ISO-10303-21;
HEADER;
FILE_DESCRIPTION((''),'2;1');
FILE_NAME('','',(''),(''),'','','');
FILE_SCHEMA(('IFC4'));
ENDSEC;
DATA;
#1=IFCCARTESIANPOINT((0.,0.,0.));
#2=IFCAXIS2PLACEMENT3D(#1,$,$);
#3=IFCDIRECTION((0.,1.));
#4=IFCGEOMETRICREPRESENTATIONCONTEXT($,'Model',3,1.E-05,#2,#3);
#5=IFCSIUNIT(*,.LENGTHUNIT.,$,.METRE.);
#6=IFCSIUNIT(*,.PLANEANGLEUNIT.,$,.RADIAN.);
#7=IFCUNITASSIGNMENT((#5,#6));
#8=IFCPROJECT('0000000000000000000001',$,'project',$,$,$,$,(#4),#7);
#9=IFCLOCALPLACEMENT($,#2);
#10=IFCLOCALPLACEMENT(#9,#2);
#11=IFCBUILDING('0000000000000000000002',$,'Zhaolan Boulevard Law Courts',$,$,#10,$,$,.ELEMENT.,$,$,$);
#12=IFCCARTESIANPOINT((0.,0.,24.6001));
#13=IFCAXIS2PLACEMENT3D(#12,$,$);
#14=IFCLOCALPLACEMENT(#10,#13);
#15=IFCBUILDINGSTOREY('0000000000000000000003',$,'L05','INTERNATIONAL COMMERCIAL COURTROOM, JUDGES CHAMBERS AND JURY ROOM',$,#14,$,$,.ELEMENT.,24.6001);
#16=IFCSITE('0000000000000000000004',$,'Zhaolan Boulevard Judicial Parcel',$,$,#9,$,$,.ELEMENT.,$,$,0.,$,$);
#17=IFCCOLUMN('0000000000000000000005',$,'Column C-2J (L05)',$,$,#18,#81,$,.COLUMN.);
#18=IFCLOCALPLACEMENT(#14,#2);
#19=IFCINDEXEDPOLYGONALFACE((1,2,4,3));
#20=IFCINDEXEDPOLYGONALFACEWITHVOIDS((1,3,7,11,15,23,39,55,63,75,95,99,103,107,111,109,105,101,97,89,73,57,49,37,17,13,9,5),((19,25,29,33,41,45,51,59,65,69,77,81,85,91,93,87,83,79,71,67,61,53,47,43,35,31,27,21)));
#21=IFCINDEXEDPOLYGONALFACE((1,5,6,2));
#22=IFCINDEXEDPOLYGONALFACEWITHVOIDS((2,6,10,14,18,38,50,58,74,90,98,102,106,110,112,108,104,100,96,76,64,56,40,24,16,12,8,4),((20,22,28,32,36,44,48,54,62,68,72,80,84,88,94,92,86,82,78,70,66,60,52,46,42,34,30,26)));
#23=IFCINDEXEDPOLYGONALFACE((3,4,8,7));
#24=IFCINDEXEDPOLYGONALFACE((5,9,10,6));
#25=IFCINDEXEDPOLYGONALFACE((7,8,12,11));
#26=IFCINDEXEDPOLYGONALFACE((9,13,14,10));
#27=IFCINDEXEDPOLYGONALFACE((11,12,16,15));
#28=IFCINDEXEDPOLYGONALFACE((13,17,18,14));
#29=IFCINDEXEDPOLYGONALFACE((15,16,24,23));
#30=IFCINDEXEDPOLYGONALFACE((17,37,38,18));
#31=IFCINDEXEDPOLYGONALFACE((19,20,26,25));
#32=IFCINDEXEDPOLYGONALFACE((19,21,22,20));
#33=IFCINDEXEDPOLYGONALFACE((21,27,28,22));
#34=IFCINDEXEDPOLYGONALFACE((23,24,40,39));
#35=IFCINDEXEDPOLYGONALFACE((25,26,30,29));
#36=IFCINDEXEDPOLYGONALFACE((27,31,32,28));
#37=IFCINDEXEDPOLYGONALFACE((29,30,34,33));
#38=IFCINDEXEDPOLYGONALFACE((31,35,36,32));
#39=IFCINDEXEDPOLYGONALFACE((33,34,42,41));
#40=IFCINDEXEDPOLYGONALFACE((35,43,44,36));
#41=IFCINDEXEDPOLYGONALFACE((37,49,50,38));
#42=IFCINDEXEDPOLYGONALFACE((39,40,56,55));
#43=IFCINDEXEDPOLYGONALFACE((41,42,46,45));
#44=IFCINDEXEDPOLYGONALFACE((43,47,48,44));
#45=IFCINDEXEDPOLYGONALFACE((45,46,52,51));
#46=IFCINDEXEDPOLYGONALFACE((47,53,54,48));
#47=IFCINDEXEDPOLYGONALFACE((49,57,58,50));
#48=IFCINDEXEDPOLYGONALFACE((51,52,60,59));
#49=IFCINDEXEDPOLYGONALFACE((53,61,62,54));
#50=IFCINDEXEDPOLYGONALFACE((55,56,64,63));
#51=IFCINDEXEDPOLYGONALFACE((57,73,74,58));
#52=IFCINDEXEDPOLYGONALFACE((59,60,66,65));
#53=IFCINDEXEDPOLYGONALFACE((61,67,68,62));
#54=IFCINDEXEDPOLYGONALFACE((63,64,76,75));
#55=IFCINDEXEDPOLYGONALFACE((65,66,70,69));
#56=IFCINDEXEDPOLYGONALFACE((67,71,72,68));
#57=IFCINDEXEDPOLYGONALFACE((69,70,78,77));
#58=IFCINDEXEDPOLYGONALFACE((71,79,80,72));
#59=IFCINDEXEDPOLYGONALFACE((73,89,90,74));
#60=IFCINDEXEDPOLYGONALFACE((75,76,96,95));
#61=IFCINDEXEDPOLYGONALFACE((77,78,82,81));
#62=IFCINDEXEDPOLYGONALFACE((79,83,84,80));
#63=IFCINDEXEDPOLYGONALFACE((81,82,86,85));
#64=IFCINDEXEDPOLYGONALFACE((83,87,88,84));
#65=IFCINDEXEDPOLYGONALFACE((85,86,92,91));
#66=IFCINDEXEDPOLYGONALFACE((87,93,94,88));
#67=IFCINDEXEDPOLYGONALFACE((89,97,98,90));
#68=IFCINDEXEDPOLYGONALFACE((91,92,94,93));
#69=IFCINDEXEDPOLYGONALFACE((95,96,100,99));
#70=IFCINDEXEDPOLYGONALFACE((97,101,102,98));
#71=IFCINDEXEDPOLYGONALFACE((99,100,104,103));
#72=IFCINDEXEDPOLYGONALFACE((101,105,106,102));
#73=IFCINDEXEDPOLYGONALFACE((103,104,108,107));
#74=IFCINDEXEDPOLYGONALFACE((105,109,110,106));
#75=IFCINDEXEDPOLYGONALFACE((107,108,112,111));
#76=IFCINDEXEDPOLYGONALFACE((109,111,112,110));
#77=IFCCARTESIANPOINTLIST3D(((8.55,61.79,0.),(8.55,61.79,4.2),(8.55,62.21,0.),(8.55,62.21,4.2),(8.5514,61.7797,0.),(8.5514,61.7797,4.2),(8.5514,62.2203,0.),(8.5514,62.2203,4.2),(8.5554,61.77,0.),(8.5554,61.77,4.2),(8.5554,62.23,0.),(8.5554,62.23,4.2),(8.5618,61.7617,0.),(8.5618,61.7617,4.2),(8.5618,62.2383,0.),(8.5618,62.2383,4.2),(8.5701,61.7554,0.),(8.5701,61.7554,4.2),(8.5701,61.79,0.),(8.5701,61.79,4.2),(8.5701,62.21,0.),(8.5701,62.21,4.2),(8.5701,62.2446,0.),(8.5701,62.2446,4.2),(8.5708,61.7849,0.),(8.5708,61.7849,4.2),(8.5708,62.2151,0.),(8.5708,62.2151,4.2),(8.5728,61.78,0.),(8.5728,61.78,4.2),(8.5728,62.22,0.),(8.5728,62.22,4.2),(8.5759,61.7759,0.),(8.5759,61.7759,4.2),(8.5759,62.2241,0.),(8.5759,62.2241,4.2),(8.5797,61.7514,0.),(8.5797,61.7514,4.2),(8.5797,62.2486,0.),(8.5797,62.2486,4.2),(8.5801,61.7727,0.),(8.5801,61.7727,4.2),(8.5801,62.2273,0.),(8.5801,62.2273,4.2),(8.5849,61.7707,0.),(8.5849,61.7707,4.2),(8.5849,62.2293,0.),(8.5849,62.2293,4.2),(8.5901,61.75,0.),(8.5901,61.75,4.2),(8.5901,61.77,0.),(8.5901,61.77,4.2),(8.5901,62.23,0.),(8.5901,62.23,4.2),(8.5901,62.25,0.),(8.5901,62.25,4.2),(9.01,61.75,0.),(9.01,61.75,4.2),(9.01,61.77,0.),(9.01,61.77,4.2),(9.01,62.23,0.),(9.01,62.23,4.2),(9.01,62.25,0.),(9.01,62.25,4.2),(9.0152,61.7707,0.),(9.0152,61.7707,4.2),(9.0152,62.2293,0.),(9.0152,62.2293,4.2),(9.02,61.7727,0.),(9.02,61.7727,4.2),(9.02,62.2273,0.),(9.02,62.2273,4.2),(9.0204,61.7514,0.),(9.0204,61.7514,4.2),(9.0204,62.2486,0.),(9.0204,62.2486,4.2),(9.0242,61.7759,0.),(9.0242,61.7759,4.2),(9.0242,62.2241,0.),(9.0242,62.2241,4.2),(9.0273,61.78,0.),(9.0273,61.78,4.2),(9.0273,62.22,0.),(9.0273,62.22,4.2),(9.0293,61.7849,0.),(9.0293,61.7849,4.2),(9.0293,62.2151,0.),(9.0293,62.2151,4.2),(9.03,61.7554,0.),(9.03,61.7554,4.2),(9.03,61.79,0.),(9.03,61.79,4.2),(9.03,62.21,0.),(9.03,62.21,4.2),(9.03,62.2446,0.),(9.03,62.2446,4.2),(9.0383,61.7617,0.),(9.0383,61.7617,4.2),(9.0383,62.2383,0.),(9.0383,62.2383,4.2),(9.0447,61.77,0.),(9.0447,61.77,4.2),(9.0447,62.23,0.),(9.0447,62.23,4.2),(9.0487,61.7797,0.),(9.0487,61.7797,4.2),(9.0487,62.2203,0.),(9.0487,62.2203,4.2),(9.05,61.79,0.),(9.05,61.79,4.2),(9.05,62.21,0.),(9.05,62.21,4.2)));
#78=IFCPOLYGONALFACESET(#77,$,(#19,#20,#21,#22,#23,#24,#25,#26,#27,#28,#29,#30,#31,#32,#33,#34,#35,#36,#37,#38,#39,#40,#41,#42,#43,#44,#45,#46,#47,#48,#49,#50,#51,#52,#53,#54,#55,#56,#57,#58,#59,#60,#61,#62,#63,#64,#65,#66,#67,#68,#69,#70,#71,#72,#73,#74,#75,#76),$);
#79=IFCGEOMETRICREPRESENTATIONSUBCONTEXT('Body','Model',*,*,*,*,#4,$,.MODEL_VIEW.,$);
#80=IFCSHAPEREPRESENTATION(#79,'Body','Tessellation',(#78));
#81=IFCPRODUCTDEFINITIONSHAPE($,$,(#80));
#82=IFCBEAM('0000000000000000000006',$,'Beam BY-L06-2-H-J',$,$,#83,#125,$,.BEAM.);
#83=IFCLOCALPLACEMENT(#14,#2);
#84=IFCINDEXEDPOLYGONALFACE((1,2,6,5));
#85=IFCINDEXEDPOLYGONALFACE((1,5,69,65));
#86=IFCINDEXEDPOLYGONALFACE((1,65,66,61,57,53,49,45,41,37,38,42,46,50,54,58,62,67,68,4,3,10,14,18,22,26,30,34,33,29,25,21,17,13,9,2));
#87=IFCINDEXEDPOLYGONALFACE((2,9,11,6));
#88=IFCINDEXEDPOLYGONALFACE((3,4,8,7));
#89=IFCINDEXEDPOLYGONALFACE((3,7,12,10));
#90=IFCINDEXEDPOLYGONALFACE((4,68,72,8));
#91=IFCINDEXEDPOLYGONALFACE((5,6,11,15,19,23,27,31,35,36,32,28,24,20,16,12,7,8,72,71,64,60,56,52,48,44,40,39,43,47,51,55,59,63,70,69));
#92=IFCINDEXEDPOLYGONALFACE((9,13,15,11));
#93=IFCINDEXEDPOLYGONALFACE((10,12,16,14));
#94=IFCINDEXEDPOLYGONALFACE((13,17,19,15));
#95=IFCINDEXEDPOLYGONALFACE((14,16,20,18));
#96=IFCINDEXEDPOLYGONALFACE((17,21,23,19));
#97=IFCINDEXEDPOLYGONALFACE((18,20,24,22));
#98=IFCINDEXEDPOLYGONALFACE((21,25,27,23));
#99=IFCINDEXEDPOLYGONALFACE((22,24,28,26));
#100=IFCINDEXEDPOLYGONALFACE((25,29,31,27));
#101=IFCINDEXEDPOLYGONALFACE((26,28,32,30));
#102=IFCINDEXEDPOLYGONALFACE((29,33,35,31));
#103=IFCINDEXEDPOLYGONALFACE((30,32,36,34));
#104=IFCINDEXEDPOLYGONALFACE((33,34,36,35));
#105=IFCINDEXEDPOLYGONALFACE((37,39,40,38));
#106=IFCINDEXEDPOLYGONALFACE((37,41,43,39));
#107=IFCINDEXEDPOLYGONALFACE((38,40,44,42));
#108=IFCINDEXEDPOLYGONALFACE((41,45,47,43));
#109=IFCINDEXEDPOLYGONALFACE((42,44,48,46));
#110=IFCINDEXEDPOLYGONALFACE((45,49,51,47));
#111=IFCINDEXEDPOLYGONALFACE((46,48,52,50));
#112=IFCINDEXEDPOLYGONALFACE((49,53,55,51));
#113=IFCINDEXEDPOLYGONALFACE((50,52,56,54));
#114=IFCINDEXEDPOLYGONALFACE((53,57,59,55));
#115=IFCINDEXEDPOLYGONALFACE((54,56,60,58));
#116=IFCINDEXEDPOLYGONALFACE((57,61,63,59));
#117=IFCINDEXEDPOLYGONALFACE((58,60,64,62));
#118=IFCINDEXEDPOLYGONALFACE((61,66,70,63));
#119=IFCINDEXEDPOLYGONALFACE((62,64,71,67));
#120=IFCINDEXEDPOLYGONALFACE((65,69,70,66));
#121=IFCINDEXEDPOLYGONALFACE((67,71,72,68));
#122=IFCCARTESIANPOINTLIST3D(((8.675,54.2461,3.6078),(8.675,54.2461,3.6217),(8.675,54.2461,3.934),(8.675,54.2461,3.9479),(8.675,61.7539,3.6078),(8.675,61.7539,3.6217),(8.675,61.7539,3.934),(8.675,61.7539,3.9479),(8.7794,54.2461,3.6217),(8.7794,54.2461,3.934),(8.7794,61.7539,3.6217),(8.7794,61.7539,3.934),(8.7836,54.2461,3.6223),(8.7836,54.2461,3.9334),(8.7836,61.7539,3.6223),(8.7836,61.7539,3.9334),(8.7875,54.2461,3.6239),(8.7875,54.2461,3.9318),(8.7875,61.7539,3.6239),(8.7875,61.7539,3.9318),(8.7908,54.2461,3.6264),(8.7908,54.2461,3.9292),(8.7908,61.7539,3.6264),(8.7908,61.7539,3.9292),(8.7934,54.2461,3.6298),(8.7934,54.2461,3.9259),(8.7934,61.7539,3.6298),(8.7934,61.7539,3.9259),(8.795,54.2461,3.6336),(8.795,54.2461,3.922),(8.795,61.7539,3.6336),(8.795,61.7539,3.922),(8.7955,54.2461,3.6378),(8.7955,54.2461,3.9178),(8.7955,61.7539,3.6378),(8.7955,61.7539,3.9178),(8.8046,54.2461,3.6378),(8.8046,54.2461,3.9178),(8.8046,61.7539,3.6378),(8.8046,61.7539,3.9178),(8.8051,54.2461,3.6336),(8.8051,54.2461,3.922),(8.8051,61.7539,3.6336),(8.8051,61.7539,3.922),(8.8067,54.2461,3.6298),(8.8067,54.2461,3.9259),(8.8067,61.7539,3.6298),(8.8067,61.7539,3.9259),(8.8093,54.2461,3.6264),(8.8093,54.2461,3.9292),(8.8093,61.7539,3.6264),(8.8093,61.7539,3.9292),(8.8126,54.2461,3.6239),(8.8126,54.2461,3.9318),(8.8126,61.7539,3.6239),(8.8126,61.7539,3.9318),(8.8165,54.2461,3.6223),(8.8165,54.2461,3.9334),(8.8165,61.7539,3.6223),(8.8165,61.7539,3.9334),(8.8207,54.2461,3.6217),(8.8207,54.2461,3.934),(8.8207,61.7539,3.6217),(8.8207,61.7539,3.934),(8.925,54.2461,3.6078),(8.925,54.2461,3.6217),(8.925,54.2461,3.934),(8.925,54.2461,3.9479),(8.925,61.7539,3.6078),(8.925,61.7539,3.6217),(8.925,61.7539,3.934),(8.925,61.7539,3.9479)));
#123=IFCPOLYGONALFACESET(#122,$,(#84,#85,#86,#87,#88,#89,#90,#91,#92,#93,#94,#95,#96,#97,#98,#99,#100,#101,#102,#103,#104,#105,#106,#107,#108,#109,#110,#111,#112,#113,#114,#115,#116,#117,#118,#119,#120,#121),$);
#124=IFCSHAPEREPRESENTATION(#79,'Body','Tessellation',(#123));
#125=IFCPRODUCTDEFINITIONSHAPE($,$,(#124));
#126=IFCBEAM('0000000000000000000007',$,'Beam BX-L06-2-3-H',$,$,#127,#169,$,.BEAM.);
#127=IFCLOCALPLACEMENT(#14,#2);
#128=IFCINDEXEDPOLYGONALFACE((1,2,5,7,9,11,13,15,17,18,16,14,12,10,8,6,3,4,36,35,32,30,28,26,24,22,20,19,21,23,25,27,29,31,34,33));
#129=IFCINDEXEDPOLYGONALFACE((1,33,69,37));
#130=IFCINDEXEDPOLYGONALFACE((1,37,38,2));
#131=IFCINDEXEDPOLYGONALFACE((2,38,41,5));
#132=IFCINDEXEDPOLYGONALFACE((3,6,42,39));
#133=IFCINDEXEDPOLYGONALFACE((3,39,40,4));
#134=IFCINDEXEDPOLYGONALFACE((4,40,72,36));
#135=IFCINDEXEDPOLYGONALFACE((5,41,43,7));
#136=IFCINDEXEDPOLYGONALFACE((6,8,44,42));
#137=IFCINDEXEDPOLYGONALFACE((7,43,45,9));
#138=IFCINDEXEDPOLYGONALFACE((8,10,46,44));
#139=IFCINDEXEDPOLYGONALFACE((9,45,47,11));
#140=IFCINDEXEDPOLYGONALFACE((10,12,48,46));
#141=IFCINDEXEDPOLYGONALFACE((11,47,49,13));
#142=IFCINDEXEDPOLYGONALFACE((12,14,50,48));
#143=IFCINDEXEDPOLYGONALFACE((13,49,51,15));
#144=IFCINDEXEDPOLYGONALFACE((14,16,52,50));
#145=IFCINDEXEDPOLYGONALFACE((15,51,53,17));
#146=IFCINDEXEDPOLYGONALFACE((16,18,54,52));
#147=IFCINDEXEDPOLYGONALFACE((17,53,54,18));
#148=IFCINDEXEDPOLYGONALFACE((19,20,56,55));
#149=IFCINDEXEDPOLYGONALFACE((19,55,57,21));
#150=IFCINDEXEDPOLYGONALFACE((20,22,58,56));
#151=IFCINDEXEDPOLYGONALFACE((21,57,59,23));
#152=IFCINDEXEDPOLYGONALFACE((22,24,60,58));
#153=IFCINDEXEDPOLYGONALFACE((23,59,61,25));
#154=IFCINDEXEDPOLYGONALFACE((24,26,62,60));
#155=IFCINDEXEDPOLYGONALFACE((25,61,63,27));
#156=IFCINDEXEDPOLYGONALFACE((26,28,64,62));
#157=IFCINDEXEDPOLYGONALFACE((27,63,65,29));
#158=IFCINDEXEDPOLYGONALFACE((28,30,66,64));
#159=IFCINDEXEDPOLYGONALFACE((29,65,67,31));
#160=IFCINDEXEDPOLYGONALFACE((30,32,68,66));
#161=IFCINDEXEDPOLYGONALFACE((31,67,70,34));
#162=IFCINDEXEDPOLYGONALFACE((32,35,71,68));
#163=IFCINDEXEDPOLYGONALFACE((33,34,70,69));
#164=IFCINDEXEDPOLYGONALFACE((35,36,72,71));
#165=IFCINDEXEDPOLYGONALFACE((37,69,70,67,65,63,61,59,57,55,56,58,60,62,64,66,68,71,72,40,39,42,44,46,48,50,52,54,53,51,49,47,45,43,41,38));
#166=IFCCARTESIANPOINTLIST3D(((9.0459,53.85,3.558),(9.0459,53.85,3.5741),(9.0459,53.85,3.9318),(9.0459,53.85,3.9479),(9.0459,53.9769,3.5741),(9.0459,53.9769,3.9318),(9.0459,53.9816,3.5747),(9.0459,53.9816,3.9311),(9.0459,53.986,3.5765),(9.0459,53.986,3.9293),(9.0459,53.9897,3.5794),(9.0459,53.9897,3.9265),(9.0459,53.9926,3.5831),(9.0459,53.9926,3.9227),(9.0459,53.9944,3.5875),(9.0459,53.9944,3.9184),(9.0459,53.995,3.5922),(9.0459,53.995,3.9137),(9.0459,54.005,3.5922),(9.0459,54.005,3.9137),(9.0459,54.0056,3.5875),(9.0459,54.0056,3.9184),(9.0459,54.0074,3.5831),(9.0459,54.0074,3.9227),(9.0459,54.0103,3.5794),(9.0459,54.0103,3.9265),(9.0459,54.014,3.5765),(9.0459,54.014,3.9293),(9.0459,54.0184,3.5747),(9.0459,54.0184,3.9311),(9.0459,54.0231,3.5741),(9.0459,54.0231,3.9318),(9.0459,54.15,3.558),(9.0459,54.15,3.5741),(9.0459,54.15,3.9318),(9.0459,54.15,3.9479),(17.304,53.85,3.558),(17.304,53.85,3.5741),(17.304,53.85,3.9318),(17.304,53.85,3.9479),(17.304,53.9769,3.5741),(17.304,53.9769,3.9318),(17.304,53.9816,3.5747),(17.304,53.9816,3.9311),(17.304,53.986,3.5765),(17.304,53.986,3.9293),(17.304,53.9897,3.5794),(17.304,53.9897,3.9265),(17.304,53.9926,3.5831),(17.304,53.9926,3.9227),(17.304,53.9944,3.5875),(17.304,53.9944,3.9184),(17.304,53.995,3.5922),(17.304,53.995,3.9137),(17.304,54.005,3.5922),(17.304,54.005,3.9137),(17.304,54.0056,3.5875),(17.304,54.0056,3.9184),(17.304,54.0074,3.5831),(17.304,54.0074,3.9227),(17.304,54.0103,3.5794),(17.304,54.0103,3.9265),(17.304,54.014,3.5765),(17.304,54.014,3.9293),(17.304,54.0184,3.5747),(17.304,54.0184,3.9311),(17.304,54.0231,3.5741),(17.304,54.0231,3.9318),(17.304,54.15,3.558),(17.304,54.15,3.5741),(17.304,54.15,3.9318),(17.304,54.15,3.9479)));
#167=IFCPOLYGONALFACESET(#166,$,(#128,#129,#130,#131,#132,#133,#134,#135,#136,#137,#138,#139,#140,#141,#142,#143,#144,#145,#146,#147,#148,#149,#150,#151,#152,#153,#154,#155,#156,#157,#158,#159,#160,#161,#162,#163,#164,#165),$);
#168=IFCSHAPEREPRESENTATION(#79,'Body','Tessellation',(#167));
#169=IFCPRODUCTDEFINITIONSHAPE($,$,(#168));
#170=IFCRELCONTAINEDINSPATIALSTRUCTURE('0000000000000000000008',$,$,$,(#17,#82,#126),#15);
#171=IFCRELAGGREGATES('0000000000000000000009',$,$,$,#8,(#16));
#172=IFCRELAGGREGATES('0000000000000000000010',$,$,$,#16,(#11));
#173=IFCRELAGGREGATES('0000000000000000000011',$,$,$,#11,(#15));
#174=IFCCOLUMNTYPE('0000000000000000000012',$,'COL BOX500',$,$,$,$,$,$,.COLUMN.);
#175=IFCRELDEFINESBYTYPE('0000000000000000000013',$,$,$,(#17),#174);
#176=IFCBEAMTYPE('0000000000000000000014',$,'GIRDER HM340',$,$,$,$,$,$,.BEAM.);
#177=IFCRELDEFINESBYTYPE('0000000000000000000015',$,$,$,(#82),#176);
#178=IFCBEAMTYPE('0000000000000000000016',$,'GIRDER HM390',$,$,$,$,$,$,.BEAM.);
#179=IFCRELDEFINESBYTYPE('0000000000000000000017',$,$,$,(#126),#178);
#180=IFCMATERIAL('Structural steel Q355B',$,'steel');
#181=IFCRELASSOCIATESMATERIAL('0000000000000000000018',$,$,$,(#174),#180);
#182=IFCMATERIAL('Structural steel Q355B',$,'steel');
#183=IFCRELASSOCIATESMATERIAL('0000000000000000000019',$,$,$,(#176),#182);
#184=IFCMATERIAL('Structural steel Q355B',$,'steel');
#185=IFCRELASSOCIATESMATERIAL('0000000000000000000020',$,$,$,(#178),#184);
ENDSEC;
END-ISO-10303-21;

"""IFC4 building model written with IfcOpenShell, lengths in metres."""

from ifc_helpers import new_model, si_unit, direction, frame, origin, origin_2d, place, context, subcontext, project, spatial, hollow_rectangle, i_section, extrude, material, material_profile, profile_set, type_object, element, save


model = new_model("IFC4")

# Units and contexts
model_context = context("Model", 3, precision=1e-05, world=origin(), true_north=direction((0.0, 1.0)))
body_context = subcontext(model_context, "Body", "Model", "MODEL_VIEW")
ifc_project = project(units=[si_unit("LENGTHUNIT", "METRE"), si_unit("PLANEANGLEUNIT", "RADIAN")], contexts=[model_context])

# Site, building, storey
site_placement = place(None, origin())
site = spatial("IfcSite", under=ifc_project, at=site_placement, Name="Zhaolan Boulevard Judicial Parcel", CompositionType="ELEMENT", RefElevation=0.0)
building_placement = place(site_placement, origin())
building = spatial("IfcBuilding", under=site, at=building_placement, Name="Zhaolan Boulevard Law Courts", CompositionType="ELEMENT")
storey_placement = place(building_placement, frame((0.0, 0.0, 24.6001)))
storey = spatial("IfcBuildingStorey", under=building, at=storey_placement, Name="L05", Description="INTERNATIONAL COMMERCIAL COURTROOM, JUDGES CHAMBERS AND JURY ROOM", CompositionType="ELEMENT", Elevation=24.6001)

# Column
ifc_material_1 = material(Name="Structural steel Q355B", Category="steel")
ifc_material_profile_1 = material_profile(ifc_material_1, hollow_rectangle(XDim=0.5, YDim=0.5, WallThickness=0.02, InnerFilletRadius=0.02, OuterFilletRadius=0.04, at=origin_2d()), Name="BOX500x500x20")
ifc_profile_set_1 = profile_set([ifc_material_profile_1], Name="Structural steel Q355B")
column_type = type_object("IfcColumnType", Name="COL BOX500", PredefinedType="COLUMN", material=ifc_profile_set_1)
column_placement = place(storey_placement, frame((8.8, 62.0, 0.0), z_axis=(0.0, 0.0, 1.0), x_axis=(1.0, 0.0, 0.0)))
element("IfcColumn", 1, at=column_placement, inside=storey, type_object=column_type, Name="Column C-2J (L05)", PredefinedType="COLUMN", context=body_context, shape_type="SweptSolid", body=[
    extrude(hollow_rectangle(XDim=0.5, YDim=0.5, WallThickness=0.02, InnerFilletRadius=0.02, OuterFilletRadius=0.04, at=origin_2d()), origin(), (0.0, 0.0, 1.0), 4.2),
])

# Beams
ifc_material_2 = material(Name="Structural steel Q355B", Category="steel")
ifc_material_profile_2 = material_profile(ifc_material_2, i_section(OverallWidth=0.25, OverallDepth=0.3401, WebThickness=0.009, FlangeThickness=0.0139, FilletRadius=0.0161, at=origin_2d()), Name="HM340x250")
ifc_profile_set_2 = profile_set([ifc_material_profile_2], Name="Structural steel Q355B")
beam_type_1 = type_object("IfcBeamType", Name="GIRDER HM340", PredefinedType="BEAM", material=ifc_profile_set_2)
beam_1_placement = place(storey_placement, frame((8.8, 54.2461, 3.7778), z_axis=(0.0, 1.0, 0.0), x_axis=(-1.0, 0.0, 0.0)))
element("IfcBeam", 2, at=beam_1_placement, inside=storey, type_object=beam_type_1, Name="Beam BY-L06-2-H-J", PredefinedType="BEAM", context=body_context, shape_type="SweptSolid", body=[
    extrude(i_section(OverallWidth=0.25, OverallDepth=0.3401, WebThickness=0.009, FlangeThickness=0.0139, FilletRadius=0.0161, at=origin_2d()), origin(), (0.0, 0.0, 1.0), 7.5078),
])
ifc_material_3 = material(Name="Structural steel Q355B", Category="steel")
ifc_material_profile_3 = material_profile(ifc_material_3, i_section(OverallWidth=0.3, OverallDepth=0.3899, WebThickness=0.01, FlangeThickness=0.0161, FilletRadius=0.0181, at=origin_2d()), Name="HM390x300")
ifc_profile_set_3 = profile_set([ifc_material_profile_3], Name="Structural steel Q355B")
beam_type_2 = type_object("IfcBeamType", Name="GIRDER HM390", PredefinedType="BEAM", material=ifc_profile_set_3)
beam_2_placement = place(storey_placement, frame((9.0459, 54.0, 3.7529), z_axis=(1.0, 0.0, 0.0), x_axis=(0.0, 1.0, 0.0)))
element("IfcBeam", 3, at=beam_2_placement, inside=storey, type_object=beam_type_2, Name="Beam BX-L06-2-3-H", PredefinedType="BEAM", context=body_context, shape_type="SweptSolid", body=[
    extrude(i_section(OverallWidth=0.3, OverallDepth=0.3899, WebThickness=0.01, FlangeThickness=0.0161, FilletRadius=0.0181, at=origin_2d()), origin(), (0.0, 0.0, 1.0), 8.2581),
])

save(model, "model.ifc")
